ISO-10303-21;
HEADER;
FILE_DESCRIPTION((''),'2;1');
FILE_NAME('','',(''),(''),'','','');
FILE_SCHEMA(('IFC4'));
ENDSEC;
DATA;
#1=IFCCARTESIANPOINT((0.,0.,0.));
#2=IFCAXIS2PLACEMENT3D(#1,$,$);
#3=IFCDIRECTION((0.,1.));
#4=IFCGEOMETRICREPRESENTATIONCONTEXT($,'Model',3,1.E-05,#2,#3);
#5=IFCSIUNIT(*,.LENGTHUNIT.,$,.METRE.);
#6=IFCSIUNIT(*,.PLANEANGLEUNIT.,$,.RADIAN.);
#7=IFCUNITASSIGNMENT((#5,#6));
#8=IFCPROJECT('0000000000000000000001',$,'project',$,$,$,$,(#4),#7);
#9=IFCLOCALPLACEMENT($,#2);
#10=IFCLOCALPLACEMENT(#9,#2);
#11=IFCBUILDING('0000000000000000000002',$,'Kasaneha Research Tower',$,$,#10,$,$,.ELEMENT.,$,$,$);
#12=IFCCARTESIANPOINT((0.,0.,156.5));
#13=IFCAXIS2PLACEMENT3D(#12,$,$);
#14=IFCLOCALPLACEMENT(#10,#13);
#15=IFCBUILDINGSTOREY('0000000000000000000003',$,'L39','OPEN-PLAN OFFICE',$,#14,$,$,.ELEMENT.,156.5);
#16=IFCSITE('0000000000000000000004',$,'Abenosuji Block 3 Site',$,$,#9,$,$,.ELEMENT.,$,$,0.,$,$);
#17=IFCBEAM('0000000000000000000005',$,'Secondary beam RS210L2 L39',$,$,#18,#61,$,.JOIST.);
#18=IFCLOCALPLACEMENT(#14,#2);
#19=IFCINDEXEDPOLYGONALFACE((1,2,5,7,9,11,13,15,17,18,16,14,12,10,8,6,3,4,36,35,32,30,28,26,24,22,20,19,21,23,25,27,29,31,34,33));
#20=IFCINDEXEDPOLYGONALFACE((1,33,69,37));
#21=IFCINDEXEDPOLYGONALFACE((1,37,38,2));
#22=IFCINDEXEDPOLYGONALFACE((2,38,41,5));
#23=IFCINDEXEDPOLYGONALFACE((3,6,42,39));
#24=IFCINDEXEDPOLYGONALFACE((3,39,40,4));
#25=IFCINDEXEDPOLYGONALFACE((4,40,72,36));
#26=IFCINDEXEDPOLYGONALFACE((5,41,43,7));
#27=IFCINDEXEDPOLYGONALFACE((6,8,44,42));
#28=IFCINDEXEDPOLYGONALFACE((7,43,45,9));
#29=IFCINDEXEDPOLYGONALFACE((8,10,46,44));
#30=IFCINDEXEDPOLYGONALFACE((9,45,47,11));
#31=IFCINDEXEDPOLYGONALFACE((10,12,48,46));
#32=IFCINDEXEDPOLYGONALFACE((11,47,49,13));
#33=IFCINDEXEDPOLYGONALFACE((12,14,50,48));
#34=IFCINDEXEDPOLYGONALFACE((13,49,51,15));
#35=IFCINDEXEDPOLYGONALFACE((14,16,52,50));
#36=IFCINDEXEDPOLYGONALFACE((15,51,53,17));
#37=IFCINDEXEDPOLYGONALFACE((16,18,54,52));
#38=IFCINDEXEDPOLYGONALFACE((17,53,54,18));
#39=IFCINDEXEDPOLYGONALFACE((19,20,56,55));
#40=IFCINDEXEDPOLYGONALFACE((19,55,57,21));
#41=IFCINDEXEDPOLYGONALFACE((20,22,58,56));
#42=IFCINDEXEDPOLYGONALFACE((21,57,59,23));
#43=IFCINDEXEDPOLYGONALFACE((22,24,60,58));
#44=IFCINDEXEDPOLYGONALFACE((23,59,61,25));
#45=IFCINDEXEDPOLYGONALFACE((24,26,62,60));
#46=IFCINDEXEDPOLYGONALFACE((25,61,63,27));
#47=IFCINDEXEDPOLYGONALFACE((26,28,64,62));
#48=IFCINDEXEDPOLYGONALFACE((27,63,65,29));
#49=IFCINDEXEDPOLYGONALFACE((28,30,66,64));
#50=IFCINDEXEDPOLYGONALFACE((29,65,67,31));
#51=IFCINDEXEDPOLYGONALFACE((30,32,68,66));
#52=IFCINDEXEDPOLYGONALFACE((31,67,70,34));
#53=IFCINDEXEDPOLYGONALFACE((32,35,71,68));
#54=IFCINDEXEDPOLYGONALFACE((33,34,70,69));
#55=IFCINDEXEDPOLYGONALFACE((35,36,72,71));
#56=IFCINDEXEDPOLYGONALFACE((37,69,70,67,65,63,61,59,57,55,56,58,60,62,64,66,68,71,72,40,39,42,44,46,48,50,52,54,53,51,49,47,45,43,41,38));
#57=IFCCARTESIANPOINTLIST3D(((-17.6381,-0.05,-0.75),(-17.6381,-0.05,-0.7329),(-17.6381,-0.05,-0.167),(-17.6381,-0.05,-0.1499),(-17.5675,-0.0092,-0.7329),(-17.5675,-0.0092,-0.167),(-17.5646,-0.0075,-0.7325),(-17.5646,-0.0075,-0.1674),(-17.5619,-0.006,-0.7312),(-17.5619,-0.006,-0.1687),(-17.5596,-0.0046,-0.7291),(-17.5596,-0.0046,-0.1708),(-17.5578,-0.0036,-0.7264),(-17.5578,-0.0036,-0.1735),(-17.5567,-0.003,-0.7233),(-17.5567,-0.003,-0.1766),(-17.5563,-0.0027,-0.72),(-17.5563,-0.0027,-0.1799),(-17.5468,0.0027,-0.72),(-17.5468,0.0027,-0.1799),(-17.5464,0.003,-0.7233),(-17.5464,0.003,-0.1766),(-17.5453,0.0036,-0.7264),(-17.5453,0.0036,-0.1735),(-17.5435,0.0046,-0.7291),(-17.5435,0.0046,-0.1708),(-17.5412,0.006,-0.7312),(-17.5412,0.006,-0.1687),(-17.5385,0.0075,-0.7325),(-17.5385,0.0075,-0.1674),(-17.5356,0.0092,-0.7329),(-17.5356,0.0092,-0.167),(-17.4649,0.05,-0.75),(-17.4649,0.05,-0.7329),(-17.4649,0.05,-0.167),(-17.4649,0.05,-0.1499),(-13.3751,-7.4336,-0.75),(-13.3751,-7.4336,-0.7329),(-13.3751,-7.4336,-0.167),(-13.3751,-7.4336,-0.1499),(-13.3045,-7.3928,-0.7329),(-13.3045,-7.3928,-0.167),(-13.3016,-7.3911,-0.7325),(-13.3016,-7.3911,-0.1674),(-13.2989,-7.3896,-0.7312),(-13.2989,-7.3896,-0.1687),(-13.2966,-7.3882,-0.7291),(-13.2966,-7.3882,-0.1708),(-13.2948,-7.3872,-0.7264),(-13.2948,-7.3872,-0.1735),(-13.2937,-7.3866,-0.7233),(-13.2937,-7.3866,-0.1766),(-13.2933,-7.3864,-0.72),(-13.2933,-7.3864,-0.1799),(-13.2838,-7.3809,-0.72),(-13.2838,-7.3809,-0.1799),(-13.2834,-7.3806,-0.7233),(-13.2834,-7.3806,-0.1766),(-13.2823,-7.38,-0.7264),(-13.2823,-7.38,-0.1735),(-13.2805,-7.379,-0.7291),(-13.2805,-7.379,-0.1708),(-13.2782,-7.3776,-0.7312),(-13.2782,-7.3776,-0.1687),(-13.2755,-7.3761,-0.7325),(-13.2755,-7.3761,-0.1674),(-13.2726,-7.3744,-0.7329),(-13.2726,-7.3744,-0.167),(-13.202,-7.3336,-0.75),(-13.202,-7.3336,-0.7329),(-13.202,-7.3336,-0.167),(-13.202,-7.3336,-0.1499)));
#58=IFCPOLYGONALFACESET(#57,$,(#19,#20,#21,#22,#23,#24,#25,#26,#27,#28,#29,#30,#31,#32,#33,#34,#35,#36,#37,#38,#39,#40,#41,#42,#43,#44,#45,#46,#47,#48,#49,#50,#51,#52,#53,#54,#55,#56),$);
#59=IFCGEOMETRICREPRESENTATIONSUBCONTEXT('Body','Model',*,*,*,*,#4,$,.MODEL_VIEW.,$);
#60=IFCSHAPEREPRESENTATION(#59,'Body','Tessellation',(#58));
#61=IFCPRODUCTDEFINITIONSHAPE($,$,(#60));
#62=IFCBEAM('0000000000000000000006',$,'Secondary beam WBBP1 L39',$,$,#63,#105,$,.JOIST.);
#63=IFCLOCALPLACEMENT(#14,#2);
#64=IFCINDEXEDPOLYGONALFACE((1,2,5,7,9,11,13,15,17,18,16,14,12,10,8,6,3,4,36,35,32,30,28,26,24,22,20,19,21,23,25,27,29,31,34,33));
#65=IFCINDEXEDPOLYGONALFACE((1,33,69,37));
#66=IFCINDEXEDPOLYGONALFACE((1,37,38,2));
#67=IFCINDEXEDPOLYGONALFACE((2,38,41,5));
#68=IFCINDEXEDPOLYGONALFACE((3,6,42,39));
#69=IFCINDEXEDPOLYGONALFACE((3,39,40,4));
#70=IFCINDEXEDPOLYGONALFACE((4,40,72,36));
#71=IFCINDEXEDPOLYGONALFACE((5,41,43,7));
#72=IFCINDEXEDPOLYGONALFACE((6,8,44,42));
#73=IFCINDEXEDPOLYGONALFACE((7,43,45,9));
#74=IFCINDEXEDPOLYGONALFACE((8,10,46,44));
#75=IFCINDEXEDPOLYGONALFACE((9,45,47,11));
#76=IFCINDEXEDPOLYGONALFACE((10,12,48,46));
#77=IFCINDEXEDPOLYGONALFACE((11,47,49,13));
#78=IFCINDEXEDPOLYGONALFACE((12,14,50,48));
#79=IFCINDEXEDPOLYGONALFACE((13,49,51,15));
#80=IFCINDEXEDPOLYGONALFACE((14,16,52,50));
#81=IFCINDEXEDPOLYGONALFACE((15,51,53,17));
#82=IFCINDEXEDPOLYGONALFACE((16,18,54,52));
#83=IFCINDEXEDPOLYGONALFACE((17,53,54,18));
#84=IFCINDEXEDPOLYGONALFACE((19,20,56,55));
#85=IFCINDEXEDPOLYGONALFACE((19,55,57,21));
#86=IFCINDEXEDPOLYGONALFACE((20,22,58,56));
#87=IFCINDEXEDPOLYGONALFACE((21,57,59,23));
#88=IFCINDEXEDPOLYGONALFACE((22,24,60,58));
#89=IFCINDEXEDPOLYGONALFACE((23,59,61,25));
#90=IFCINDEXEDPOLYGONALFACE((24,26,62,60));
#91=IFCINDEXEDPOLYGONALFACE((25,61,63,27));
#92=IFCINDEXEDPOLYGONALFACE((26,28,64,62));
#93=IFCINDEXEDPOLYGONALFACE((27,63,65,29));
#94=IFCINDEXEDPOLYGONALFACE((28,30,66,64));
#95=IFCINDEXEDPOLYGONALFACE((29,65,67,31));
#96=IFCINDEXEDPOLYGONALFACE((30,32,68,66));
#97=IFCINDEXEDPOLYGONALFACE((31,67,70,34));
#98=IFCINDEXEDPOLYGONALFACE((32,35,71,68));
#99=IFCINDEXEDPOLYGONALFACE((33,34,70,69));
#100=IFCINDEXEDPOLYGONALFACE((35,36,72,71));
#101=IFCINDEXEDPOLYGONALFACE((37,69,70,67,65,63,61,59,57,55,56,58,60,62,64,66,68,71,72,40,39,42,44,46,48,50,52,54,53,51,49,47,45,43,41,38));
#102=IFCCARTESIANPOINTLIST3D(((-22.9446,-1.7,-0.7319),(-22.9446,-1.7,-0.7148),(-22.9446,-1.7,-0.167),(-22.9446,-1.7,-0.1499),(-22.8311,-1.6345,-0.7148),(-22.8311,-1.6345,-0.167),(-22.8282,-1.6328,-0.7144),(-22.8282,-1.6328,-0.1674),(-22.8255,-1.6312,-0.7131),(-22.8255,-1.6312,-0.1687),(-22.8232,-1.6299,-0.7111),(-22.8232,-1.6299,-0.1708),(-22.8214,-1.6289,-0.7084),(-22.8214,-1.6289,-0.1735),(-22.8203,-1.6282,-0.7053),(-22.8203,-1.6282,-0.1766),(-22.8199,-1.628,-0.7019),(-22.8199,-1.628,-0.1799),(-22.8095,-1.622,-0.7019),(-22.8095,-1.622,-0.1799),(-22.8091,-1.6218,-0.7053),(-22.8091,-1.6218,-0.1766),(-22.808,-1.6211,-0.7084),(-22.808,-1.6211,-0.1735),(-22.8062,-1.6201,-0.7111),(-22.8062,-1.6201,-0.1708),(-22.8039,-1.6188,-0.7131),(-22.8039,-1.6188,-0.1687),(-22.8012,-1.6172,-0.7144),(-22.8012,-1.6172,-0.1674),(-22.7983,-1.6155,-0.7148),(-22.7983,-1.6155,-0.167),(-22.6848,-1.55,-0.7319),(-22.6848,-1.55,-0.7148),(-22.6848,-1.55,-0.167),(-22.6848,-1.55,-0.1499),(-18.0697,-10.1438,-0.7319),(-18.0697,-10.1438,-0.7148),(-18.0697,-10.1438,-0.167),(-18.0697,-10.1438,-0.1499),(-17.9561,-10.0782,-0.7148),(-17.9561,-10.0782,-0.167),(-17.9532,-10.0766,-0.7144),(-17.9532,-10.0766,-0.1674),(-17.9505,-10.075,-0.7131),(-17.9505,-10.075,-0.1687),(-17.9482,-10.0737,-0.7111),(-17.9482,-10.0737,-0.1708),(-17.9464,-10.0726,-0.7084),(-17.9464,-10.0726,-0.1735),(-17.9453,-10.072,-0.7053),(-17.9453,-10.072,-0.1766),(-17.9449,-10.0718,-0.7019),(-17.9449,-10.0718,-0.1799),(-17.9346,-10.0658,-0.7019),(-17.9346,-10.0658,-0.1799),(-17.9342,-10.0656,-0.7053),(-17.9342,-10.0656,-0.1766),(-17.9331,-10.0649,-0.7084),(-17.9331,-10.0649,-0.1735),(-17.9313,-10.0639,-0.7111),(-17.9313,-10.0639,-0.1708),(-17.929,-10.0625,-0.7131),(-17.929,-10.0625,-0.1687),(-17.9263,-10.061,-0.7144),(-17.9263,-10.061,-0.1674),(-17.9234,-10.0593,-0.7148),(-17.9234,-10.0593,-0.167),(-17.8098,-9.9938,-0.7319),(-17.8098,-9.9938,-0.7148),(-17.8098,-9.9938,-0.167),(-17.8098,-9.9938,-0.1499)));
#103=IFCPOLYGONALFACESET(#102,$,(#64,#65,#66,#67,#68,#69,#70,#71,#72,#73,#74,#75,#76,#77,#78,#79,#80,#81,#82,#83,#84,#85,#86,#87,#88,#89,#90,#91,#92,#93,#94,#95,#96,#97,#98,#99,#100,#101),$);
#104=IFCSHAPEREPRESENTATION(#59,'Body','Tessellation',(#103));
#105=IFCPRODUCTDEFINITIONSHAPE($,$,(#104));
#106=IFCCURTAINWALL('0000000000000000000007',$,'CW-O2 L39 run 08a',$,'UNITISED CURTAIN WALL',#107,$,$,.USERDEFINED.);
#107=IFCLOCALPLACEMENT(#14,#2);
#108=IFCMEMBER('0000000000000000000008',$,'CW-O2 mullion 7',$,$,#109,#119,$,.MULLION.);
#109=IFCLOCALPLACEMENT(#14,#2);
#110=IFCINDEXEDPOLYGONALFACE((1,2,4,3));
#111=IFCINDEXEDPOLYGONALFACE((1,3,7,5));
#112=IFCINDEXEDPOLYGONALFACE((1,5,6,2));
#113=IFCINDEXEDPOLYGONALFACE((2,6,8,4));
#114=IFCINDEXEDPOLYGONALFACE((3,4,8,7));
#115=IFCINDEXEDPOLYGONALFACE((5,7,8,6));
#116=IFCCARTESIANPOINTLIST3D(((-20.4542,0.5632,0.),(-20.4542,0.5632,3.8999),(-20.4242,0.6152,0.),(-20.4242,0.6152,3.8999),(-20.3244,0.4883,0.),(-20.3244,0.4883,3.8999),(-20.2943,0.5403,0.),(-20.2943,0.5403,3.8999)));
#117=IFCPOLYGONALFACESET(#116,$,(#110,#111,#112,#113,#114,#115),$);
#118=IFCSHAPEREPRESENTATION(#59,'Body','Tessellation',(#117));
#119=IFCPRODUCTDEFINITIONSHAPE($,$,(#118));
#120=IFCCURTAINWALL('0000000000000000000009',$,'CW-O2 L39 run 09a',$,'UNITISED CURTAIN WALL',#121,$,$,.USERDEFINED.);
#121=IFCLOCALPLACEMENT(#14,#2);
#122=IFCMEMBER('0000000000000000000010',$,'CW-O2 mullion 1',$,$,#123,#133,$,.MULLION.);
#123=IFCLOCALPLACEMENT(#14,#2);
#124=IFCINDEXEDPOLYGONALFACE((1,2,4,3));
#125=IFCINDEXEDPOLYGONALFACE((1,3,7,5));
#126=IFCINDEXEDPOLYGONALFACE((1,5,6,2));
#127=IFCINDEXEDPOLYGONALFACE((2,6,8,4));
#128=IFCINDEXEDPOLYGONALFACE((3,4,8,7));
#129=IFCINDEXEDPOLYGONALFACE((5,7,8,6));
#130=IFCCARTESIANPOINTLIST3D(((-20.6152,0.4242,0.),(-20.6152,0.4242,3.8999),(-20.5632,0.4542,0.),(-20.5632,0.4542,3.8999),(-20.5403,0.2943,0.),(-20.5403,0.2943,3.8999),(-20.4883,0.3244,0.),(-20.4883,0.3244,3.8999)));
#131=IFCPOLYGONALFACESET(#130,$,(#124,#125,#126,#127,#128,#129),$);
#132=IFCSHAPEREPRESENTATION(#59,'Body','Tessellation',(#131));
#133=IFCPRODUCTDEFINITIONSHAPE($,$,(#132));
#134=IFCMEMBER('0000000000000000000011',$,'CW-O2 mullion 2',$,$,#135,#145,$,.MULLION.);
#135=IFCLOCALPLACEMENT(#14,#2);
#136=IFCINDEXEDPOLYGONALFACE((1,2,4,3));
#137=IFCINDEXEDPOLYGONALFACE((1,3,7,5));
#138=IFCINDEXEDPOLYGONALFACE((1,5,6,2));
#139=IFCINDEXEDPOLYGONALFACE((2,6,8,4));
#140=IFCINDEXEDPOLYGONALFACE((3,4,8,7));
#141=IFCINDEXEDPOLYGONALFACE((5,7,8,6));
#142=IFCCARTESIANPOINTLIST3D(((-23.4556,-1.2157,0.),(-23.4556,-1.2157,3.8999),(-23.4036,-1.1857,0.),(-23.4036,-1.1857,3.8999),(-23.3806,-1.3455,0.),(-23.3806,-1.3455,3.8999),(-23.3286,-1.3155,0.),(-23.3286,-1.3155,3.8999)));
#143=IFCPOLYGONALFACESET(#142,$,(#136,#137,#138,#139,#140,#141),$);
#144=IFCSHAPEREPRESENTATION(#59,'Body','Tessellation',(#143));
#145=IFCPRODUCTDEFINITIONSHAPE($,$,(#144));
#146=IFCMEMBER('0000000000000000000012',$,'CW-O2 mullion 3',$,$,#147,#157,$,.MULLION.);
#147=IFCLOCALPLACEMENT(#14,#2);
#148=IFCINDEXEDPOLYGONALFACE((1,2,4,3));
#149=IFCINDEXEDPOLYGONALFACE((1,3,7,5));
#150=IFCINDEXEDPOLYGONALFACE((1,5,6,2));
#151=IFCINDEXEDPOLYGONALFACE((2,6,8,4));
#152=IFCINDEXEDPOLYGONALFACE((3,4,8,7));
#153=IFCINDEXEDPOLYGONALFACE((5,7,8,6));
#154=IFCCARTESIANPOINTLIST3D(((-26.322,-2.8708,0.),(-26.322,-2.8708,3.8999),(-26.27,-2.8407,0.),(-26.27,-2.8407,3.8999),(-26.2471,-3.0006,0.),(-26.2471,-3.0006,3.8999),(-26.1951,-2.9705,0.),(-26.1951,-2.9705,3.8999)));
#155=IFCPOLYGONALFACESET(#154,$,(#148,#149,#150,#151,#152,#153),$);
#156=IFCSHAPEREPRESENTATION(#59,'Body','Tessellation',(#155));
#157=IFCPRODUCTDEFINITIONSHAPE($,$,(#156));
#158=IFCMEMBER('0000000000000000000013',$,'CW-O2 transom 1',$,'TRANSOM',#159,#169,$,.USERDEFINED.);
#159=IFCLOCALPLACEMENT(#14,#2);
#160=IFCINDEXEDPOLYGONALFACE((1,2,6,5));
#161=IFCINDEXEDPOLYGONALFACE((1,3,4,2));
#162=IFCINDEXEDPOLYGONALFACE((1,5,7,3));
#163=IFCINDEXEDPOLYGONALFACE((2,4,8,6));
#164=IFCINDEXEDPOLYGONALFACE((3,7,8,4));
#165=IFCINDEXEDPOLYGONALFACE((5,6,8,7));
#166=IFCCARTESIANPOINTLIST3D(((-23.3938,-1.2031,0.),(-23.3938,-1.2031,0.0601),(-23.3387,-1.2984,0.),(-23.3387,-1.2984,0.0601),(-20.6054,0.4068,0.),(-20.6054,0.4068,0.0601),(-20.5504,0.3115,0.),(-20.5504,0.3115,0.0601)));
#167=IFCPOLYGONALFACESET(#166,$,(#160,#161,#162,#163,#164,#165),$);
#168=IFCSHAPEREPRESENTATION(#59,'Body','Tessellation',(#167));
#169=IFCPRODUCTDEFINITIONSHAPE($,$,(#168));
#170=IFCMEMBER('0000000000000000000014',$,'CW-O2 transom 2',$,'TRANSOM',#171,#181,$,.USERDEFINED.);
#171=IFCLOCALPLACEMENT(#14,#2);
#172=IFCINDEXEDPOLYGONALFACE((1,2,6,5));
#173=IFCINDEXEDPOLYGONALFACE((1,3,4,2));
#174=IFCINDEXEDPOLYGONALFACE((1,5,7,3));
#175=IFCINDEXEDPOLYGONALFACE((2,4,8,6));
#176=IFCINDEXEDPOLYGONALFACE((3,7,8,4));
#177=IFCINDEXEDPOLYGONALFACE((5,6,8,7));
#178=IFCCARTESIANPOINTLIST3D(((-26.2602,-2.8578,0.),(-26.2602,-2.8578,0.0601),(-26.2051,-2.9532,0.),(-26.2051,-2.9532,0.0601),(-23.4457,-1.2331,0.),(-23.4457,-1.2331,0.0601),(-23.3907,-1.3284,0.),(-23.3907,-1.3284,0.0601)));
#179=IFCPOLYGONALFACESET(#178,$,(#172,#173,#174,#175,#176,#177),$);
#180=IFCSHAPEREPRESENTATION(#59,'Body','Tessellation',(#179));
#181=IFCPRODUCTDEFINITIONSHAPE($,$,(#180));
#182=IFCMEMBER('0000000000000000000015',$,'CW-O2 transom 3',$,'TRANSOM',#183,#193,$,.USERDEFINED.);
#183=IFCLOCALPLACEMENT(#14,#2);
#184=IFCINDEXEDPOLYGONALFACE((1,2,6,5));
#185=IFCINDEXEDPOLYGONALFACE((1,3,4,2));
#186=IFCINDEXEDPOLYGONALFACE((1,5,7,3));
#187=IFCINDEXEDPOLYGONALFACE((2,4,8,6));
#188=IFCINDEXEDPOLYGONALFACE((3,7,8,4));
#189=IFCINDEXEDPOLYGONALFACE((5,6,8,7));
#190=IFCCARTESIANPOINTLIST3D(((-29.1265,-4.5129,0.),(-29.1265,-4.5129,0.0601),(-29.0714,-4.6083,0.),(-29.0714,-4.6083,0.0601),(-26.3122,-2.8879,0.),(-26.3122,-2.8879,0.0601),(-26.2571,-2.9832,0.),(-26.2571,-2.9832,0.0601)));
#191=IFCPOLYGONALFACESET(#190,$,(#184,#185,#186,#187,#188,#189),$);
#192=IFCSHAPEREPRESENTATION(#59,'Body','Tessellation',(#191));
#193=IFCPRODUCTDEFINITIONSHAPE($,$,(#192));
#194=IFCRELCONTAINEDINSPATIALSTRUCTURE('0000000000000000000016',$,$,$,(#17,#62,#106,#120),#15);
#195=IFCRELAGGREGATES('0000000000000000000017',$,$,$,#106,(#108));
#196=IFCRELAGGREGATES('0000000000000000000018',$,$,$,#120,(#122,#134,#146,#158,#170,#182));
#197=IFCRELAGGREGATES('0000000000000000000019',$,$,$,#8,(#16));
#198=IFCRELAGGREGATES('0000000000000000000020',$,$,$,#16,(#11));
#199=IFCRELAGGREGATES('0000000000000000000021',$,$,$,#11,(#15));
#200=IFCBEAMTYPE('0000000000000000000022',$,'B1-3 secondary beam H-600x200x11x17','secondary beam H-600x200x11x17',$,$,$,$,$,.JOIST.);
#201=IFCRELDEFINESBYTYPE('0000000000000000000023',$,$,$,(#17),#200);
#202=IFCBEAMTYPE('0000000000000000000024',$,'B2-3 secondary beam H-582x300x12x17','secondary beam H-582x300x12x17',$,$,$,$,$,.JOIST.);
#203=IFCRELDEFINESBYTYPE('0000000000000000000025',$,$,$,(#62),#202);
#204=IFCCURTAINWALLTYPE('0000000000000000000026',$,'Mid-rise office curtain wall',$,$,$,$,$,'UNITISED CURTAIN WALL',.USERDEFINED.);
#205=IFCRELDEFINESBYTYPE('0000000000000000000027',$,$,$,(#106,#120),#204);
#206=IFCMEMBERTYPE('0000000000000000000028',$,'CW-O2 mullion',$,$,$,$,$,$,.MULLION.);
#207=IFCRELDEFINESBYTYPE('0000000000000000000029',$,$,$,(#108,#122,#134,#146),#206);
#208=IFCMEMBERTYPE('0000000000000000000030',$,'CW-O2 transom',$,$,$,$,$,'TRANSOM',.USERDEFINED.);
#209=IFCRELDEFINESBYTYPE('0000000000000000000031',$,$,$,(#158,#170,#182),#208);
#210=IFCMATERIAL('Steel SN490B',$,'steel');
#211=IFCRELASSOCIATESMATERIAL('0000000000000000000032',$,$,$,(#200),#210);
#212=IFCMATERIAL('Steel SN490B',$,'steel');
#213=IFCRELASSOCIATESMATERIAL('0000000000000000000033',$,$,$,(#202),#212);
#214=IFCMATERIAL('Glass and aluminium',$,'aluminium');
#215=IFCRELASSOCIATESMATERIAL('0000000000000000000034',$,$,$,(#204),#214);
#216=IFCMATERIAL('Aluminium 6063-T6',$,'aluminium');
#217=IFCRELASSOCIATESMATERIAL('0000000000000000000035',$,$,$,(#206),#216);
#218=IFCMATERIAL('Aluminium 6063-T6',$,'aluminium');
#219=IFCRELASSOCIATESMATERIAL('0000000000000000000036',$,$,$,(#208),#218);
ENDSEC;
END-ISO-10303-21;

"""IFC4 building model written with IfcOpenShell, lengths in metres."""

from ifc_helpers import new_model, si_unit, direction, frame, origin, origin_2d, place, context, subcontext, project, spatial, rectangle, i_section, extrude, material, material_profile, profile_set, type_object, element, aggregate, save


model = new_model("IFC4")

# Units and contexts
model_context = context("Model", 3, precision=1e-05, world=origin(), true_north=direction((0.0, 1.0)))
body_context = subcontext(model_context, "Body", "Model", "MODEL_VIEW")
ifc_project = project(units=[si_unit("LENGTHUNIT", "METRE"), si_unit("PLANEANGLEUNIT", "RADIAN")], contexts=[model_context])

# Site, building, storey
site_placement = place(None, origin())
site = spatial("IfcSite", under=ifc_project, at=site_placement, Name="Abenosuji Block 3 Site", CompositionType="ELEMENT", RefElevation=0.0)
building_placement = place(site_placement, origin())
building = spatial("IfcBuilding", under=site, at=building_placement, Name="Kasaneha Research Tower", CompositionType="ELEMENT")
storey_placement = place(building_placement, frame((0.0, 0.0, 156.5)))
storey = spatial("IfcBuildingStorey", under=building, at=storey_placement, Name="L39", Description="OPEN-PLAN OFFICE", CompositionType="ELEMENT", Elevation=156.5)

# Beams
ifc_material_1 = material(Name="Steel SN490B", Category="steel")
ifc_material_profile_1 = material_profile(ifc_material_1, i_section(OverallWidth=0.2, OverallDepth=0.6001, WebThickness=0.011, FlangeThickness=0.0171, FilletRadius=0.0129, at=origin_2d()), Name="H-600x200x11x17")
ifc_profile_set_1 = profile_set([ifc_material_profile_1], Name="Steel SN490B")
beam_type_1 = type_object("IfcBeamType", Name="B1-3 secondary beam H-600x200x11x17", Description="secondary beam H-600x200x11x17", PredefinedType="JOIST", material=ifc_profile_set_1)
beam_1_placement = place(storey_placement, frame((-17.5515, 0.0, -0.45), z_axis=(0.500004, -0.866023, 0.0), x_axis=(0.866023, 0.500004, 0.0)))
element("IfcBeam", 1, at=beam_1_placement, inside=storey, type_object=beam_type_1, Name="Secondary beam RS210L2 L39", PredefinedType="JOIST", context=body_context, shape_type="SweptSolid", body=[
    extrude(i_section(OverallWidth=0.2, OverallDepth=0.6001, WebThickness=0.011, FlangeThickness=0.0171, FilletRadius=0.0129, at=origin_2d()), origin(), (0.0, 0.0, 1.0), 8.5259),
])
ifc_material_2 = material(Name="Steel SN490B", Category="steel")
ifc_material_profile_2 = material_profile(ifc_material_2, i_section(OverallWidth=0.3, OverallDepth=0.582, WebThickness=0.012, FlangeThickness=0.0171, FilletRadius=0.0129, at=origin_2d()), Name="H-582x300x12x17")
ifc_profile_set_2 = profile_set([ifc_material_profile_2], Name="Steel SN490B")
beam_type_2 = type_object("IfcBeamType", Name="B2-3 secondary beam H-582x300x12x17", Description="secondary beam H-582x300x12x17", PredefinedType="JOIST", material=ifc_profile_set_2)
beam_2_placement = place(storey_placement, frame((-22.8147, -1.625, -0.4409), z_axis=(0.499996, -0.866028, 0.0), x_axis=(0.866028, 0.499996, 0.0)))
element("IfcBeam", 2, at=beam_2_placement, inside=storey, type_object=beam_type_2, Name="Secondary beam WBBP1 L39", PredefinedType="JOIST", context=body_context, shape_type="SweptSolid", body=[
    extrude(i_section(OverallWidth=0.3, OverallDepth=0.582, WebThickness=0.012, FlangeThickness=0.0171, FilletRadius=0.0129, at=origin_2d()), origin(), (0.0, 0.0, 1.0), 9.75),
])

# Curtain wall, member
ifc_material_3 = material(Name="Glass and aluminium", Category="aluminium")
curtain_wall_type = type_object("IfcCurtainWallType", Name="Mid-rise office curtain wall", ElementType="UNITISED CURTAIN WALL", PredefinedType="USERDEFINED", material=ifc_material_3)
curtain_wall_1_placement = place(storey_placement, origin())
curtain_wall_1 = element("IfcCurtainWall", 3, at=curtain_wall_1_placement, inside=storey, type_object=curtain_wall_type, Name="CW-O2 L39 run 08a", ObjectType="UNITISED CURTAIN WALL", PredefinedType="USERDEFINED")
ifc_material_4 = material(Name="Aluminium 6063-T6", Category="aluminium")
ifc_material_profile_3 = material_profile(ifc_material_4, rectangle(XDim=0.0601, YDim=0.1499, at=origin_2d()), Name="CW-O2 mullion 60x150")
ifc_profile_set_3 = profile_set([ifc_material_profile_3], Name="Aluminium 6063-T6")
member_type_1 = type_object("IfcMemberType", Name="CW-O2 mullion", PredefinedType="MULLION", material=ifc_profile_set_3)
member_1_placement = place(storey_placement, frame((-20.3743, 0.5518, 0.0), z_axis=(0.0, 0.0, 1.0), x_axis=(-0.5, -0.866025, 0.0)))
member_1 = element("IfcMember", 4, at=member_1_placement, type_object=member_type_1, Name="CW-O2 mullion 7", PredefinedType="MULLION", context=body_context, shape_type="SweptSolid", body=[
    extrude(rectangle(XDim=0.0601, YDim=0.1499, at=origin_2d()), origin(), (0.0, 0.0, 1.0), 3.8999),
])

# Curtain wall, members
curtain_wall_2_placement = place(storey_placement, origin())
curtain_wall_2 = element("IfcCurtainWall", 5, at=curtain_wall_2_placement, inside=storey, type_object=curtain_wall_type, Name="CW-O2 L39 run 09a", ObjectType="UNITISED CURTAIN WALL", PredefinedType="USERDEFINED")
member_2_placement = place(storey_placement, frame((-20.5518, 0.3743, 0.0), z_axis=(0.0, 0.0, 1.0), x_axis=(-0.866025, -0.5, 0.0)))
member_2 = element("IfcMember", 6, at=member_2_placement, type_object=member_type_1, Name="CW-O2 mullion 1", PredefinedType="MULLION", context=body_context, shape_type="SweptSolid", body=[
    extrude(rectangle(XDim=0.0601, YDim=0.1499, at=origin_2d()), origin(), (0.0, 0.0, 1.0), 3.8999),
])
member_3_placement = place(storey_placement, frame((-23.3921, -1.2656, 0.0), z_axis=(0.0, 0.0, 1.0), x_axis=(-0.866025, -0.5, 0.0)))
member_3 = element("IfcMember", 7, at=member_3_placement, type_object=member_type_1, Name="CW-O2 mullion 2", PredefinedType="MULLION", context=body_context, shape_type="SweptSolid", body=[
    extrude(rectangle(XDim=0.0601, YDim=0.1499, at=origin_2d()), origin(), (0.0, 0.0, 1.0), 3.8999),
])
member_4_placement = place(storey_placement, frame((-26.2585, -2.9207, 0.0), z_axis=(0.0, 0.0, 1.0), x_axis=(-0.866025, -0.5, 0.0)))
member_4 = element("IfcMember", 8, at=member_4_placement, type_object=member_type_1, Name="CW-O2 mullion 3", PredefinedType="MULLION", context=body_context, shape_type="SweptSolid", body=[
    extrude(rectangle(XDim=0.0601, YDim=0.1499, at=origin_2d()), origin(), (0.0, 0.0, 1.0), 3.8999),
])
ifc_material_5 = material(Name="Aluminium 6063-T6", Category="aluminium")
ifc_material_profile_4 = material_profile(ifc_material_5, rectangle(XDim=0.1101, YDim=0.0601, at=origin_2d()), Name="CW-O2 transom 110x60")
ifc_profile_set_4 = profile_set([ifc_material_profile_4], Name="Aluminium 6063-T6")
member_type_2 = type_object("IfcMemberType", Name="CW-O2 transom", ElementType="TRANSOM", PredefinedType="USERDEFINED", material=ifc_profile_set_4)
member_5_placement = place(storey_placement, frame((-20.5779, 0.3591, 0.03), z_axis=(-0.866023, -0.500005, 0.0), x_axis=(0.500005, -0.866023, 0.0)))
member_5 = element("IfcMember", 9, at=member_5_placement, type_object=member_type_2, Name="CW-O2 transom 1", ObjectType="TRANSOM", PredefinedType="USERDEFINED", context=body_context, shape_type="SweptSolid", body=[
    extrude(rectangle(XDim=0.1101, YDim=0.0601, at=origin_2d()), origin(), (0.0, 0.0, 1.0), 3.2197),
])
member_6_placement = place(storey_placement, frame((-23.4182, -1.2808, 0.03), z_axis=(-0.866048, -0.499961, 0.0), x_axis=(0.499961, -0.866048, 0.0)))
member_6 = element("IfcMember", 10, at=member_6_placement, type_object=member_type_2, Name="CW-O2 transom 2", ObjectType="TRANSOM", PredefinedType="USERDEFINED", context=body_context, shape_type="SweptSolid", body=[
    extrude(rectangle(XDim=0.1101, YDim=0.0601, at=origin_2d()), origin(), (0.0, 0.0, 1.0), 3.2498),
])
member_7_placement = place(storey_placement, frame((-26.2847, -2.9355, 0.03), z_axis=(-0.865997, -0.50005, 0.0), x_axis=(0.50005, -0.865997, 0.0)))
member_7 = element("IfcMember", 11, at=member_7_placement, type_object=member_type_2, Name="CW-O2 transom 3", ObjectType="TRANSOM", PredefinedType="USERDEFINED", context=body_context, shape_type="SweptSolid", body=[
    extrude(rectangle(XDim=0.1101, YDim=0.0601, at=origin_2d()), origin(), (0.0, 0.0, 1.0), 3.2498),
])

aggregate(curtain_wall_1, [member_1])
aggregate(curtain_wall_2, [member_2, member_3, member_4, member_5, member_6, member_7])

save(model, "model.ifc")
